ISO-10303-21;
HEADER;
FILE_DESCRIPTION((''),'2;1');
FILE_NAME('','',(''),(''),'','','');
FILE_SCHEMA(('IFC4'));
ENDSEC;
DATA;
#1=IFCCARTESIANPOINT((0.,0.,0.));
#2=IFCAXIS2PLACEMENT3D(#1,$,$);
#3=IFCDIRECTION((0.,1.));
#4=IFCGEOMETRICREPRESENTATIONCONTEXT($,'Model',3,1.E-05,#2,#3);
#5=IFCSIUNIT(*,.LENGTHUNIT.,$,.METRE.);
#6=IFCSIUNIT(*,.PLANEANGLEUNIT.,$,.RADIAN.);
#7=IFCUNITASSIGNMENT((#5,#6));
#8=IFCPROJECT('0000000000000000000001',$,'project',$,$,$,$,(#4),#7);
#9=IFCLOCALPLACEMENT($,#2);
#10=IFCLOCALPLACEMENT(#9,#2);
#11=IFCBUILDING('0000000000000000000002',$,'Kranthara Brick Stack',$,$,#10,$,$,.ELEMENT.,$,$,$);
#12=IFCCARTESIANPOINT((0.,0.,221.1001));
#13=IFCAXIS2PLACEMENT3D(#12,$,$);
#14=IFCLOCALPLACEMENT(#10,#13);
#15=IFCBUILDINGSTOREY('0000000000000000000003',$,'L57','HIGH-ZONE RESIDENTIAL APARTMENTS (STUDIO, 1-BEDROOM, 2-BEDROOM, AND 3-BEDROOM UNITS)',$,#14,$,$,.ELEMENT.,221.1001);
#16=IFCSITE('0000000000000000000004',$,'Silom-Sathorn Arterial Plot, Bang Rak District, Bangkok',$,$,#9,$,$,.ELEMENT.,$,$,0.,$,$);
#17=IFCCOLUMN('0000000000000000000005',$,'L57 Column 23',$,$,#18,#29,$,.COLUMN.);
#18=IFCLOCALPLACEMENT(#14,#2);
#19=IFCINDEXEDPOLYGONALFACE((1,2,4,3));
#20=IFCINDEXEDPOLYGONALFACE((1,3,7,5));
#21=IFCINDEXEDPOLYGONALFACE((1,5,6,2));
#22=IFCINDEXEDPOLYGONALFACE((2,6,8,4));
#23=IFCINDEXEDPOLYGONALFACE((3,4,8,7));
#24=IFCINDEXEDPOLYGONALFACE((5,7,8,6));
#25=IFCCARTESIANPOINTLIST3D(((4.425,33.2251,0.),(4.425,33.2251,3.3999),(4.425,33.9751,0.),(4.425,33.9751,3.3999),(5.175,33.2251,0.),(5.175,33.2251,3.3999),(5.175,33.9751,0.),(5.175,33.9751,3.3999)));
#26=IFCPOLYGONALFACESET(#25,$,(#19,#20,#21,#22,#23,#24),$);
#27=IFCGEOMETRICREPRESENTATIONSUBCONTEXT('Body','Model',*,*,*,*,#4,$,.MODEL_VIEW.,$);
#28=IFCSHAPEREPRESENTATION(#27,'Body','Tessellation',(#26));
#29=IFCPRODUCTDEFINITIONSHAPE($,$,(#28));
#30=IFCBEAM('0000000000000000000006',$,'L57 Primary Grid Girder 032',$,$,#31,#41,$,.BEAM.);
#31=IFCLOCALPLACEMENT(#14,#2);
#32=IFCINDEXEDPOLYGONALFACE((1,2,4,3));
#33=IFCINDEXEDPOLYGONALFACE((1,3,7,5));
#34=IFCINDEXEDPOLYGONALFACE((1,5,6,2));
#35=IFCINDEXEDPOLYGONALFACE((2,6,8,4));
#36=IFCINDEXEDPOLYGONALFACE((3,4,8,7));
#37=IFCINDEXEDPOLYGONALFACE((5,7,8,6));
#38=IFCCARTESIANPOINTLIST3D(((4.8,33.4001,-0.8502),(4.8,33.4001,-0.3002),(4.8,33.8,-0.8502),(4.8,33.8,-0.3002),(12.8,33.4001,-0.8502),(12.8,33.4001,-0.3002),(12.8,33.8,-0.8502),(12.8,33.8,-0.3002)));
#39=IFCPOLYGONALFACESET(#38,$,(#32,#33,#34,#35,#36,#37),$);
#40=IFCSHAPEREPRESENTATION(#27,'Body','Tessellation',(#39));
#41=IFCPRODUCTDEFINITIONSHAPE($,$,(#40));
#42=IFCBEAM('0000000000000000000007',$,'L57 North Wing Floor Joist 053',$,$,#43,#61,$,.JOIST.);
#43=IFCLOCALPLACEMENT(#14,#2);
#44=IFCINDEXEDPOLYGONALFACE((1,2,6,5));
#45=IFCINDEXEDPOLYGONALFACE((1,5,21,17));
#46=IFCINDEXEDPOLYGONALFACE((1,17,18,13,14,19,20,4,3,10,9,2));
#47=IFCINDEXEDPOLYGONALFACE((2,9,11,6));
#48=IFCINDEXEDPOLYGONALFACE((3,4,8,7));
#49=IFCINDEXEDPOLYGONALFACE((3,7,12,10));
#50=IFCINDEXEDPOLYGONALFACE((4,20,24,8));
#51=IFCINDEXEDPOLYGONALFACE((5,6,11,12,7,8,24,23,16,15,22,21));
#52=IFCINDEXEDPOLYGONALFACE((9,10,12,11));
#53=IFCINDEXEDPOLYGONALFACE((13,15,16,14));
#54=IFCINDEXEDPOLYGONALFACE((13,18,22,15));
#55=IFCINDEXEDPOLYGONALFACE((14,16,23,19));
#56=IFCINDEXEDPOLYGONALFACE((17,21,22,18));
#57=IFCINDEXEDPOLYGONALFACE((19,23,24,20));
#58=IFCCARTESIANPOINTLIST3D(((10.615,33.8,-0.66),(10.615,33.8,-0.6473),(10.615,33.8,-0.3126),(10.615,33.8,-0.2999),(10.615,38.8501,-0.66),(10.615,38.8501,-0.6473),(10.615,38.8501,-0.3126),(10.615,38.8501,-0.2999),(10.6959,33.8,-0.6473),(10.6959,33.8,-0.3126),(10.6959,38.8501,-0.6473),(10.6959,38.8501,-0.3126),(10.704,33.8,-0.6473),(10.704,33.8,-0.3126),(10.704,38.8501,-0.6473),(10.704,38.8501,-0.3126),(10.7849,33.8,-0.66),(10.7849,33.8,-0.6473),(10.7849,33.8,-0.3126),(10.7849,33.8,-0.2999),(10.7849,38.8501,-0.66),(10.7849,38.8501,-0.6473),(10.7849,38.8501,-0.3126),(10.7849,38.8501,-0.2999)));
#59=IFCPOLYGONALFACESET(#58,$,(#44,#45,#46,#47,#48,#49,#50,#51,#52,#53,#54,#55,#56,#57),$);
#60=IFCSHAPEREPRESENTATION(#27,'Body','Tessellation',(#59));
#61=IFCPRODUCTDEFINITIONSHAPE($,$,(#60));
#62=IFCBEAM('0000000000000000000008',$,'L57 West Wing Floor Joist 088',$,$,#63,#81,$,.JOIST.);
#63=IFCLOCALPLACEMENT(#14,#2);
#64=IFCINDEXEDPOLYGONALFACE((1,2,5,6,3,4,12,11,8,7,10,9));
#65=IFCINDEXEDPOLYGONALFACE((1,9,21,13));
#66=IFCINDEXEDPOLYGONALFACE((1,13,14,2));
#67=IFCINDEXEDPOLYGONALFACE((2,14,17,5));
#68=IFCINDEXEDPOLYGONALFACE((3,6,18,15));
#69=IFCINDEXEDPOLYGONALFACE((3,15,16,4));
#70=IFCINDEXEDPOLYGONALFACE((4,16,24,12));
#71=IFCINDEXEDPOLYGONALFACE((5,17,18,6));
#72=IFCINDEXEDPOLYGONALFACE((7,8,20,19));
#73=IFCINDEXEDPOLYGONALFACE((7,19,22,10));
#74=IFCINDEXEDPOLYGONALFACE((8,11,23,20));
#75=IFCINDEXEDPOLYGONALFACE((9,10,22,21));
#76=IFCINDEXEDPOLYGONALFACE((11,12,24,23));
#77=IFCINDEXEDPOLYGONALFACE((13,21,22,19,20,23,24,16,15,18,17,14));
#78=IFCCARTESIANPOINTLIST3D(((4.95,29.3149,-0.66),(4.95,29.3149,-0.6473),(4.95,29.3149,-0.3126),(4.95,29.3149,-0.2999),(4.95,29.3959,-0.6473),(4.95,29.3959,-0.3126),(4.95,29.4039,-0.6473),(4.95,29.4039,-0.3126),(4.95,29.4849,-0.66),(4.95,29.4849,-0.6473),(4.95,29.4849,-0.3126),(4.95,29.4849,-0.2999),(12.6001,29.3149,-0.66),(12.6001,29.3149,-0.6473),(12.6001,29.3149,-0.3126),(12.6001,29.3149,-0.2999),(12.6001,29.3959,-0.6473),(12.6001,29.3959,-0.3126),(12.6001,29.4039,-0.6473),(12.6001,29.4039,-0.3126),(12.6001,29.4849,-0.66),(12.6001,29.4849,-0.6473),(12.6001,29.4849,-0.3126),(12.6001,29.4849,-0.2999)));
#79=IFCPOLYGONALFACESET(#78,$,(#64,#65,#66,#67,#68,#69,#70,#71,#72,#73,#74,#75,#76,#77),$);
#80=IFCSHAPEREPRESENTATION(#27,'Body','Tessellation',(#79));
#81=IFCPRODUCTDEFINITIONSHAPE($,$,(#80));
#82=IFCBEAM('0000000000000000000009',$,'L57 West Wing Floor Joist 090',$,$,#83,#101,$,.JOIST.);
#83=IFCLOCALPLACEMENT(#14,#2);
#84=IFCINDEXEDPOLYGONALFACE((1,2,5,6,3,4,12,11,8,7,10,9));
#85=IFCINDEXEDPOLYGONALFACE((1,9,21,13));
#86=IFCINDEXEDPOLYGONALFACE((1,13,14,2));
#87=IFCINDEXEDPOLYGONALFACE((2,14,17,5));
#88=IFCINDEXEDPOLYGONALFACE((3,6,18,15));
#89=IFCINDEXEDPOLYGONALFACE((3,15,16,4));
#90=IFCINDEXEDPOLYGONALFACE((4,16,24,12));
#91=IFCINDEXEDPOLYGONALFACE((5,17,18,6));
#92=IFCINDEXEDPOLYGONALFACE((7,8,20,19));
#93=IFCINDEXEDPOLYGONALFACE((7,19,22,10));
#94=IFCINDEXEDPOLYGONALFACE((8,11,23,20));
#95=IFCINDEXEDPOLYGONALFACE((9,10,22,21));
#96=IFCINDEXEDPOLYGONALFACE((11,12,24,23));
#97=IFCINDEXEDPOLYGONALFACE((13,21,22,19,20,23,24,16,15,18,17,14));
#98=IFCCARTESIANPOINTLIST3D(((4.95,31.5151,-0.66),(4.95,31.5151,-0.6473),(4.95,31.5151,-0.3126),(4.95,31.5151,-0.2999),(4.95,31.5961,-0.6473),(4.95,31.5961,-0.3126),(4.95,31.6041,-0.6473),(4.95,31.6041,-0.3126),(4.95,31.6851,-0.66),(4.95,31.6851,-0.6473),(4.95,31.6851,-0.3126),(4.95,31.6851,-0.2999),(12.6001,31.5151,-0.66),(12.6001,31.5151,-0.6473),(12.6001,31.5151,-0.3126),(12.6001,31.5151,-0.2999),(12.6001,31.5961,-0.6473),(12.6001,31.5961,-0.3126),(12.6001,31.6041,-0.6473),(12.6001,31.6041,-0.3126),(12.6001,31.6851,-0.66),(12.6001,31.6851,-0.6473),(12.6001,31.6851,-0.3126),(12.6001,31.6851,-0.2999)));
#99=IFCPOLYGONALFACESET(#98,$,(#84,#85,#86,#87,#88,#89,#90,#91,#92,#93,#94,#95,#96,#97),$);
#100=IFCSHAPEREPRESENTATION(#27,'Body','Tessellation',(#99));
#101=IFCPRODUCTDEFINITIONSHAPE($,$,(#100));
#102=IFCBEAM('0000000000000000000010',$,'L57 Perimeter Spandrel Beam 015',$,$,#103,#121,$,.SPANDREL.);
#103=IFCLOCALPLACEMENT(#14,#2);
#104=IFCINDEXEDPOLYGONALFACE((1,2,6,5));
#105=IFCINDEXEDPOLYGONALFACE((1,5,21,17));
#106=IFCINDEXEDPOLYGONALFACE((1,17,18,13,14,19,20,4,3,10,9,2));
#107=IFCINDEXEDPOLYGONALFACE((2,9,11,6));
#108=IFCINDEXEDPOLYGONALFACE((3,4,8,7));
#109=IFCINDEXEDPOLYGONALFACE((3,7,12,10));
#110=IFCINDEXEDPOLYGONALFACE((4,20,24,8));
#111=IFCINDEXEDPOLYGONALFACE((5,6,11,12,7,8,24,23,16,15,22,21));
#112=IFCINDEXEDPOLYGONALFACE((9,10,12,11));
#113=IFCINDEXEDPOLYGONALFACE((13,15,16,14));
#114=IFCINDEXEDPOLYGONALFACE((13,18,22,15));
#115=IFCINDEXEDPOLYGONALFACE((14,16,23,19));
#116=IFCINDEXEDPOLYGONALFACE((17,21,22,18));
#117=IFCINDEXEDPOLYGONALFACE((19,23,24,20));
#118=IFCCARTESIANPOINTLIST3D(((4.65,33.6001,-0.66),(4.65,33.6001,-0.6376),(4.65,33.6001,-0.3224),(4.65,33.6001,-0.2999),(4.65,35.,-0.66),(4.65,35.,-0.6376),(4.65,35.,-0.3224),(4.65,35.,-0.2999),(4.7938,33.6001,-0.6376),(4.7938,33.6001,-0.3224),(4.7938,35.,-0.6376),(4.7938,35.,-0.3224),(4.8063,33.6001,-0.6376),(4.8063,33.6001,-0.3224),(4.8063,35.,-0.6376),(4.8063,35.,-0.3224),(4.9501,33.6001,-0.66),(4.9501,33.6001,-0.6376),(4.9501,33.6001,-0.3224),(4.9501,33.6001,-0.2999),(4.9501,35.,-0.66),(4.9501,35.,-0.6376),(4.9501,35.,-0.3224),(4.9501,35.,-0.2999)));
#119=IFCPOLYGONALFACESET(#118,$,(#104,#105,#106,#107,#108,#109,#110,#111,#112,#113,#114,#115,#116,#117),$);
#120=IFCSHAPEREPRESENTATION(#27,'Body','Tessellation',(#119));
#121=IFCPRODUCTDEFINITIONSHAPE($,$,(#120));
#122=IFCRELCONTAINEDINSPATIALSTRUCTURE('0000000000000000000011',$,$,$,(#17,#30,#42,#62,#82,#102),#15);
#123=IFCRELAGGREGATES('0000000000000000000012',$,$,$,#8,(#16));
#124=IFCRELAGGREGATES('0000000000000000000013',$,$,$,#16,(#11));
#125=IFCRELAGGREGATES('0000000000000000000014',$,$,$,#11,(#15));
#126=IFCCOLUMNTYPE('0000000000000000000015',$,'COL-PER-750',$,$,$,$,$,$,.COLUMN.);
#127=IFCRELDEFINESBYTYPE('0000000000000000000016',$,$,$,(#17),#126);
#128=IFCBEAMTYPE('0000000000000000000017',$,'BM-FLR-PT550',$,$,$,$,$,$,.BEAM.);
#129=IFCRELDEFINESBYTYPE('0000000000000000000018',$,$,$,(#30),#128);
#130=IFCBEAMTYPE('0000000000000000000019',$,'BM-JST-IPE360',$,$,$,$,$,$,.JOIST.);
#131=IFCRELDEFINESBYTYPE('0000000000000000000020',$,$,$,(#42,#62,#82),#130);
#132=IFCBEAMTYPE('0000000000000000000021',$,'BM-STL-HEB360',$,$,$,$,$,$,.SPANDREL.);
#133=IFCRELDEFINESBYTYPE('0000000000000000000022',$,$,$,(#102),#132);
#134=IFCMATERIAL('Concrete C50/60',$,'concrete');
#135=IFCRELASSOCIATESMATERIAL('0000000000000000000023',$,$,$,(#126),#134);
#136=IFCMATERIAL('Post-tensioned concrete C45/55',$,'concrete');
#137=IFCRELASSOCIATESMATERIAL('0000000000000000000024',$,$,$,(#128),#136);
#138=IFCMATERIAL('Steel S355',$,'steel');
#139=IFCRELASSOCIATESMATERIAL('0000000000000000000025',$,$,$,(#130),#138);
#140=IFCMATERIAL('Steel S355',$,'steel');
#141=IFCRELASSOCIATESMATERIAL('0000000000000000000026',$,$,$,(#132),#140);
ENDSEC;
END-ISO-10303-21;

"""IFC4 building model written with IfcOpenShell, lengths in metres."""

from ifc_helpers import new_model, si_unit, direction, frame, origin, origin_2d, place, context, subcontext, project, spatial, rectangle, i_section, extrude, material, material_profile, profile_set, type_object, element, save


model = new_model("IFC4")

# Units and contexts
model_context = context("Model", 3, precision=1e-05, world=origin(), true_north=direction((0.0, 1.0)))
body_context = subcontext(model_context, "Body", "Model", "MODEL_VIEW")
ifc_project = project(units=[si_unit("LENGTHUNIT", "METRE"), si_unit("PLANEANGLEUNIT", "RADIAN")], contexts=[model_context])

# Site, building, storey
site_placement = place(None, origin())
site = spatial("IfcSite", under=ifc_project, at=site_placement, Name="Silom-Sathorn Arterial Plot, Bang Rak District, Bangkok", CompositionType="ELEMENT", RefElevation=0.0)
building_placement = place(site_placement, origin())
building = spatial("IfcBuilding", under=site, at=building_placement, Name="Kranthara Brick Stack", CompositionType="ELEMENT")
storey_placement = place(building_placement, frame((0.0, 0.0, 221.1001)))
storey = spatial("IfcBuildingStorey", under=building, at=storey_placement, Name="L57", Description="HIGH-ZONE RESIDENTIAL APARTMENTS (STUDIO, 1-BEDROOM, 2-BEDROOM, AND 3-BEDROOM UNITS)", CompositionType="ELEMENT", Elevation=221.1001)

# Column
ifc_material_1 = material(Name="Concrete C50/60", Category="concrete")
ifc_material_profile_1 = material_profile(ifc_material_1, rectangle(XDim=0.75, YDim=0.75, at=origin_2d()), Name="RC 750x750")
ifc_profile_set_1 = profile_set([ifc_material_profile_1], Name="Concrete C50/60")
column_type = type_object("IfcColumnType", Name="COL-PER-750", PredefinedType="COLUMN", material=ifc_profile_set_1)
column_placement = place(storey_placement, frame((4.8, 33.6001, 0.0), z_axis=(0.0, 0.0, 1.0), x_axis=(1.0, 0.0, 0.0)))
element("IfcColumn", 1, at=column_placement, inside=storey, type_object=column_type, Name="L57 Column 23", PredefinedType="COLUMN", context=body_context, shape_type="SweptSolid", body=[
    extrude(rectangle(XDim=0.75, YDim=0.75, at=origin_2d()), origin(), (0.0, 0.0, 1.0), 3.3999),
])

# Beams
ifc_material_2 = material(Name="Post-tensioned concrete C45/55", Category="concrete")
ifc_material_profile_2 = material_profile(ifc_material_2, rectangle(XDim=0.3999, YDim=0.55, at=origin_2d()), Name="PT 400x550")
ifc_profile_set_2 = profile_set([ifc_material_profile_2], Name="Post-tensioned concrete C45/55")
beam_type_1 = type_object("IfcBeamType", Name="BM-FLR-PT550", PredefinedType="BEAM", material=ifc_profile_set_2)
beam_1_placement = place(storey_placement, frame((4.8, 33.6001, -0.5752), z_axis=(1.0, 0.0, 0.0), x_axis=(0.0, 1.0, 0.0)))
element("IfcBeam", 2, at=beam_1_placement, inside=storey, type_object=beam_type_1, Name="L57 Primary Grid Girder 032", PredefinedType="BEAM", context=body_context, shape_type="SweptSolid", body=[
    extrude(rectangle(XDim=0.3999, YDim=0.55, at=origin_2d()), origin(), (0.0, 0.0, 1.0), 8.0),
])
ifc_material_3 = material(Name="Steel S355", Category="steel")
ifc_material_profile_3 = material_profile(ifc_material_3, i_section(OverallWidth=0.1699, OverallDepth=0.3601, WebThickness=0.0081, FlangeThickness=0.0127, at=origin_2d()), Name="IPE 360")
ifc_profile_set_3 = profile_set([ifc_material_profile_3], Name="Steel S355")
beam_type_2 = type_object("IfcBeamType", Name="BM-JST-IPE360", PredefinedType="JOIST", material=ifc_profile_set_3)
beam_2_placement = place(storey_placement, frame((10.7, 33.8, -0.48), z_axis=(0.0, 1.0, 0.0), x_axis=(-1.0, 0.0, 0.0)))
element("IfcBeam", 3, at=beam_2_placement, inside=storey, type_object=beam_type_2, Name="L57 North Wing Floor Joist 053", PredefinedType="JOIST", context=body_context, shape_type="SweptSolid", body=[
    extrude(i_section(OverallWidth=0.1699, OverallDepth=0.3601, WebThickness=0.0081, FlangeThickness=0.0127, at=origin_2d()), origin(), (0.0, 0.0, 1.0), 5.05),
])
for number, where, z_axis, x_axis, name in (
    (4, (4.95, 29.3999, -0.48), (1.0, 0.0, 0.0), (0.0, 1.0, 0.0), "L57 West Wing Floor Joist 088"),
    (5, (4.95, 31.6001, -0.48), (1.0, 0.0, 0.0), (0.0, 1.0, 0.0), "L57 West Wing Floor Joist 090"),
):
    element("IfcBeam", number, at=place(storey_placement, frame(where, z_axis=z_axis, x_axis=x_axis)), inside=storey, type_object=beam_type_2, Name=name, PredefinedType="JOIST", context=body_context, shape_type="SweptSolid", body=[
        extrude(i_section(OverallWidth=0.1699, OverallDepth=0.3601, WebThickness=0.0081, FlangeThickness=0.0127, at=origin_2d()), origin(), (0.0, 0.0, 1.0), 7.6501),
    ])
ifc_material_4 = material(Name="Steel S355", Category="steel")
ifc_material_profile_4 = material_profile(ifc_material_4, i_section(OverallWidth=0.3, OverallDepth=0.3601, WebThickness=0.0125, FlangeThickness=0.0225, at=origin_2d()), Name="HEB 360")
ifc_profile_set_4 = profile_set([ifc_material_profile_4], Name="Steel S355")
beam_type_3 = type_object("IfcBeamType", Name="BM-STL-HEB360", PredefinedType="SPANDREL", material=ifc_profile_set_4)
beam_3_placement = place(storey_placement, frame((4.8, 33.6001, -0.48), z_axis=(0.0, 1.0, 0.0), x_axis=(-1.0, 0.0, 0.0)))
element("IfcBeam", 6, at=beam_3_placement, inside=storey, type_object=beam_type_3, Name="L57 Perimeter Spandrel Beam 015", PredefinedType="SPANDREL", context=body_context, shape_type="SweptSolid", body=[
    extrude(i_section(OverallWidth=0.3, OverallDepth=0.3601, WebThickness=0.0125, FlangeThickness=0.0225, at=origin_2d()), origin(), (0.0, 0.0, 1.0), 1.3999),
])

save(model, "model.ifc")
